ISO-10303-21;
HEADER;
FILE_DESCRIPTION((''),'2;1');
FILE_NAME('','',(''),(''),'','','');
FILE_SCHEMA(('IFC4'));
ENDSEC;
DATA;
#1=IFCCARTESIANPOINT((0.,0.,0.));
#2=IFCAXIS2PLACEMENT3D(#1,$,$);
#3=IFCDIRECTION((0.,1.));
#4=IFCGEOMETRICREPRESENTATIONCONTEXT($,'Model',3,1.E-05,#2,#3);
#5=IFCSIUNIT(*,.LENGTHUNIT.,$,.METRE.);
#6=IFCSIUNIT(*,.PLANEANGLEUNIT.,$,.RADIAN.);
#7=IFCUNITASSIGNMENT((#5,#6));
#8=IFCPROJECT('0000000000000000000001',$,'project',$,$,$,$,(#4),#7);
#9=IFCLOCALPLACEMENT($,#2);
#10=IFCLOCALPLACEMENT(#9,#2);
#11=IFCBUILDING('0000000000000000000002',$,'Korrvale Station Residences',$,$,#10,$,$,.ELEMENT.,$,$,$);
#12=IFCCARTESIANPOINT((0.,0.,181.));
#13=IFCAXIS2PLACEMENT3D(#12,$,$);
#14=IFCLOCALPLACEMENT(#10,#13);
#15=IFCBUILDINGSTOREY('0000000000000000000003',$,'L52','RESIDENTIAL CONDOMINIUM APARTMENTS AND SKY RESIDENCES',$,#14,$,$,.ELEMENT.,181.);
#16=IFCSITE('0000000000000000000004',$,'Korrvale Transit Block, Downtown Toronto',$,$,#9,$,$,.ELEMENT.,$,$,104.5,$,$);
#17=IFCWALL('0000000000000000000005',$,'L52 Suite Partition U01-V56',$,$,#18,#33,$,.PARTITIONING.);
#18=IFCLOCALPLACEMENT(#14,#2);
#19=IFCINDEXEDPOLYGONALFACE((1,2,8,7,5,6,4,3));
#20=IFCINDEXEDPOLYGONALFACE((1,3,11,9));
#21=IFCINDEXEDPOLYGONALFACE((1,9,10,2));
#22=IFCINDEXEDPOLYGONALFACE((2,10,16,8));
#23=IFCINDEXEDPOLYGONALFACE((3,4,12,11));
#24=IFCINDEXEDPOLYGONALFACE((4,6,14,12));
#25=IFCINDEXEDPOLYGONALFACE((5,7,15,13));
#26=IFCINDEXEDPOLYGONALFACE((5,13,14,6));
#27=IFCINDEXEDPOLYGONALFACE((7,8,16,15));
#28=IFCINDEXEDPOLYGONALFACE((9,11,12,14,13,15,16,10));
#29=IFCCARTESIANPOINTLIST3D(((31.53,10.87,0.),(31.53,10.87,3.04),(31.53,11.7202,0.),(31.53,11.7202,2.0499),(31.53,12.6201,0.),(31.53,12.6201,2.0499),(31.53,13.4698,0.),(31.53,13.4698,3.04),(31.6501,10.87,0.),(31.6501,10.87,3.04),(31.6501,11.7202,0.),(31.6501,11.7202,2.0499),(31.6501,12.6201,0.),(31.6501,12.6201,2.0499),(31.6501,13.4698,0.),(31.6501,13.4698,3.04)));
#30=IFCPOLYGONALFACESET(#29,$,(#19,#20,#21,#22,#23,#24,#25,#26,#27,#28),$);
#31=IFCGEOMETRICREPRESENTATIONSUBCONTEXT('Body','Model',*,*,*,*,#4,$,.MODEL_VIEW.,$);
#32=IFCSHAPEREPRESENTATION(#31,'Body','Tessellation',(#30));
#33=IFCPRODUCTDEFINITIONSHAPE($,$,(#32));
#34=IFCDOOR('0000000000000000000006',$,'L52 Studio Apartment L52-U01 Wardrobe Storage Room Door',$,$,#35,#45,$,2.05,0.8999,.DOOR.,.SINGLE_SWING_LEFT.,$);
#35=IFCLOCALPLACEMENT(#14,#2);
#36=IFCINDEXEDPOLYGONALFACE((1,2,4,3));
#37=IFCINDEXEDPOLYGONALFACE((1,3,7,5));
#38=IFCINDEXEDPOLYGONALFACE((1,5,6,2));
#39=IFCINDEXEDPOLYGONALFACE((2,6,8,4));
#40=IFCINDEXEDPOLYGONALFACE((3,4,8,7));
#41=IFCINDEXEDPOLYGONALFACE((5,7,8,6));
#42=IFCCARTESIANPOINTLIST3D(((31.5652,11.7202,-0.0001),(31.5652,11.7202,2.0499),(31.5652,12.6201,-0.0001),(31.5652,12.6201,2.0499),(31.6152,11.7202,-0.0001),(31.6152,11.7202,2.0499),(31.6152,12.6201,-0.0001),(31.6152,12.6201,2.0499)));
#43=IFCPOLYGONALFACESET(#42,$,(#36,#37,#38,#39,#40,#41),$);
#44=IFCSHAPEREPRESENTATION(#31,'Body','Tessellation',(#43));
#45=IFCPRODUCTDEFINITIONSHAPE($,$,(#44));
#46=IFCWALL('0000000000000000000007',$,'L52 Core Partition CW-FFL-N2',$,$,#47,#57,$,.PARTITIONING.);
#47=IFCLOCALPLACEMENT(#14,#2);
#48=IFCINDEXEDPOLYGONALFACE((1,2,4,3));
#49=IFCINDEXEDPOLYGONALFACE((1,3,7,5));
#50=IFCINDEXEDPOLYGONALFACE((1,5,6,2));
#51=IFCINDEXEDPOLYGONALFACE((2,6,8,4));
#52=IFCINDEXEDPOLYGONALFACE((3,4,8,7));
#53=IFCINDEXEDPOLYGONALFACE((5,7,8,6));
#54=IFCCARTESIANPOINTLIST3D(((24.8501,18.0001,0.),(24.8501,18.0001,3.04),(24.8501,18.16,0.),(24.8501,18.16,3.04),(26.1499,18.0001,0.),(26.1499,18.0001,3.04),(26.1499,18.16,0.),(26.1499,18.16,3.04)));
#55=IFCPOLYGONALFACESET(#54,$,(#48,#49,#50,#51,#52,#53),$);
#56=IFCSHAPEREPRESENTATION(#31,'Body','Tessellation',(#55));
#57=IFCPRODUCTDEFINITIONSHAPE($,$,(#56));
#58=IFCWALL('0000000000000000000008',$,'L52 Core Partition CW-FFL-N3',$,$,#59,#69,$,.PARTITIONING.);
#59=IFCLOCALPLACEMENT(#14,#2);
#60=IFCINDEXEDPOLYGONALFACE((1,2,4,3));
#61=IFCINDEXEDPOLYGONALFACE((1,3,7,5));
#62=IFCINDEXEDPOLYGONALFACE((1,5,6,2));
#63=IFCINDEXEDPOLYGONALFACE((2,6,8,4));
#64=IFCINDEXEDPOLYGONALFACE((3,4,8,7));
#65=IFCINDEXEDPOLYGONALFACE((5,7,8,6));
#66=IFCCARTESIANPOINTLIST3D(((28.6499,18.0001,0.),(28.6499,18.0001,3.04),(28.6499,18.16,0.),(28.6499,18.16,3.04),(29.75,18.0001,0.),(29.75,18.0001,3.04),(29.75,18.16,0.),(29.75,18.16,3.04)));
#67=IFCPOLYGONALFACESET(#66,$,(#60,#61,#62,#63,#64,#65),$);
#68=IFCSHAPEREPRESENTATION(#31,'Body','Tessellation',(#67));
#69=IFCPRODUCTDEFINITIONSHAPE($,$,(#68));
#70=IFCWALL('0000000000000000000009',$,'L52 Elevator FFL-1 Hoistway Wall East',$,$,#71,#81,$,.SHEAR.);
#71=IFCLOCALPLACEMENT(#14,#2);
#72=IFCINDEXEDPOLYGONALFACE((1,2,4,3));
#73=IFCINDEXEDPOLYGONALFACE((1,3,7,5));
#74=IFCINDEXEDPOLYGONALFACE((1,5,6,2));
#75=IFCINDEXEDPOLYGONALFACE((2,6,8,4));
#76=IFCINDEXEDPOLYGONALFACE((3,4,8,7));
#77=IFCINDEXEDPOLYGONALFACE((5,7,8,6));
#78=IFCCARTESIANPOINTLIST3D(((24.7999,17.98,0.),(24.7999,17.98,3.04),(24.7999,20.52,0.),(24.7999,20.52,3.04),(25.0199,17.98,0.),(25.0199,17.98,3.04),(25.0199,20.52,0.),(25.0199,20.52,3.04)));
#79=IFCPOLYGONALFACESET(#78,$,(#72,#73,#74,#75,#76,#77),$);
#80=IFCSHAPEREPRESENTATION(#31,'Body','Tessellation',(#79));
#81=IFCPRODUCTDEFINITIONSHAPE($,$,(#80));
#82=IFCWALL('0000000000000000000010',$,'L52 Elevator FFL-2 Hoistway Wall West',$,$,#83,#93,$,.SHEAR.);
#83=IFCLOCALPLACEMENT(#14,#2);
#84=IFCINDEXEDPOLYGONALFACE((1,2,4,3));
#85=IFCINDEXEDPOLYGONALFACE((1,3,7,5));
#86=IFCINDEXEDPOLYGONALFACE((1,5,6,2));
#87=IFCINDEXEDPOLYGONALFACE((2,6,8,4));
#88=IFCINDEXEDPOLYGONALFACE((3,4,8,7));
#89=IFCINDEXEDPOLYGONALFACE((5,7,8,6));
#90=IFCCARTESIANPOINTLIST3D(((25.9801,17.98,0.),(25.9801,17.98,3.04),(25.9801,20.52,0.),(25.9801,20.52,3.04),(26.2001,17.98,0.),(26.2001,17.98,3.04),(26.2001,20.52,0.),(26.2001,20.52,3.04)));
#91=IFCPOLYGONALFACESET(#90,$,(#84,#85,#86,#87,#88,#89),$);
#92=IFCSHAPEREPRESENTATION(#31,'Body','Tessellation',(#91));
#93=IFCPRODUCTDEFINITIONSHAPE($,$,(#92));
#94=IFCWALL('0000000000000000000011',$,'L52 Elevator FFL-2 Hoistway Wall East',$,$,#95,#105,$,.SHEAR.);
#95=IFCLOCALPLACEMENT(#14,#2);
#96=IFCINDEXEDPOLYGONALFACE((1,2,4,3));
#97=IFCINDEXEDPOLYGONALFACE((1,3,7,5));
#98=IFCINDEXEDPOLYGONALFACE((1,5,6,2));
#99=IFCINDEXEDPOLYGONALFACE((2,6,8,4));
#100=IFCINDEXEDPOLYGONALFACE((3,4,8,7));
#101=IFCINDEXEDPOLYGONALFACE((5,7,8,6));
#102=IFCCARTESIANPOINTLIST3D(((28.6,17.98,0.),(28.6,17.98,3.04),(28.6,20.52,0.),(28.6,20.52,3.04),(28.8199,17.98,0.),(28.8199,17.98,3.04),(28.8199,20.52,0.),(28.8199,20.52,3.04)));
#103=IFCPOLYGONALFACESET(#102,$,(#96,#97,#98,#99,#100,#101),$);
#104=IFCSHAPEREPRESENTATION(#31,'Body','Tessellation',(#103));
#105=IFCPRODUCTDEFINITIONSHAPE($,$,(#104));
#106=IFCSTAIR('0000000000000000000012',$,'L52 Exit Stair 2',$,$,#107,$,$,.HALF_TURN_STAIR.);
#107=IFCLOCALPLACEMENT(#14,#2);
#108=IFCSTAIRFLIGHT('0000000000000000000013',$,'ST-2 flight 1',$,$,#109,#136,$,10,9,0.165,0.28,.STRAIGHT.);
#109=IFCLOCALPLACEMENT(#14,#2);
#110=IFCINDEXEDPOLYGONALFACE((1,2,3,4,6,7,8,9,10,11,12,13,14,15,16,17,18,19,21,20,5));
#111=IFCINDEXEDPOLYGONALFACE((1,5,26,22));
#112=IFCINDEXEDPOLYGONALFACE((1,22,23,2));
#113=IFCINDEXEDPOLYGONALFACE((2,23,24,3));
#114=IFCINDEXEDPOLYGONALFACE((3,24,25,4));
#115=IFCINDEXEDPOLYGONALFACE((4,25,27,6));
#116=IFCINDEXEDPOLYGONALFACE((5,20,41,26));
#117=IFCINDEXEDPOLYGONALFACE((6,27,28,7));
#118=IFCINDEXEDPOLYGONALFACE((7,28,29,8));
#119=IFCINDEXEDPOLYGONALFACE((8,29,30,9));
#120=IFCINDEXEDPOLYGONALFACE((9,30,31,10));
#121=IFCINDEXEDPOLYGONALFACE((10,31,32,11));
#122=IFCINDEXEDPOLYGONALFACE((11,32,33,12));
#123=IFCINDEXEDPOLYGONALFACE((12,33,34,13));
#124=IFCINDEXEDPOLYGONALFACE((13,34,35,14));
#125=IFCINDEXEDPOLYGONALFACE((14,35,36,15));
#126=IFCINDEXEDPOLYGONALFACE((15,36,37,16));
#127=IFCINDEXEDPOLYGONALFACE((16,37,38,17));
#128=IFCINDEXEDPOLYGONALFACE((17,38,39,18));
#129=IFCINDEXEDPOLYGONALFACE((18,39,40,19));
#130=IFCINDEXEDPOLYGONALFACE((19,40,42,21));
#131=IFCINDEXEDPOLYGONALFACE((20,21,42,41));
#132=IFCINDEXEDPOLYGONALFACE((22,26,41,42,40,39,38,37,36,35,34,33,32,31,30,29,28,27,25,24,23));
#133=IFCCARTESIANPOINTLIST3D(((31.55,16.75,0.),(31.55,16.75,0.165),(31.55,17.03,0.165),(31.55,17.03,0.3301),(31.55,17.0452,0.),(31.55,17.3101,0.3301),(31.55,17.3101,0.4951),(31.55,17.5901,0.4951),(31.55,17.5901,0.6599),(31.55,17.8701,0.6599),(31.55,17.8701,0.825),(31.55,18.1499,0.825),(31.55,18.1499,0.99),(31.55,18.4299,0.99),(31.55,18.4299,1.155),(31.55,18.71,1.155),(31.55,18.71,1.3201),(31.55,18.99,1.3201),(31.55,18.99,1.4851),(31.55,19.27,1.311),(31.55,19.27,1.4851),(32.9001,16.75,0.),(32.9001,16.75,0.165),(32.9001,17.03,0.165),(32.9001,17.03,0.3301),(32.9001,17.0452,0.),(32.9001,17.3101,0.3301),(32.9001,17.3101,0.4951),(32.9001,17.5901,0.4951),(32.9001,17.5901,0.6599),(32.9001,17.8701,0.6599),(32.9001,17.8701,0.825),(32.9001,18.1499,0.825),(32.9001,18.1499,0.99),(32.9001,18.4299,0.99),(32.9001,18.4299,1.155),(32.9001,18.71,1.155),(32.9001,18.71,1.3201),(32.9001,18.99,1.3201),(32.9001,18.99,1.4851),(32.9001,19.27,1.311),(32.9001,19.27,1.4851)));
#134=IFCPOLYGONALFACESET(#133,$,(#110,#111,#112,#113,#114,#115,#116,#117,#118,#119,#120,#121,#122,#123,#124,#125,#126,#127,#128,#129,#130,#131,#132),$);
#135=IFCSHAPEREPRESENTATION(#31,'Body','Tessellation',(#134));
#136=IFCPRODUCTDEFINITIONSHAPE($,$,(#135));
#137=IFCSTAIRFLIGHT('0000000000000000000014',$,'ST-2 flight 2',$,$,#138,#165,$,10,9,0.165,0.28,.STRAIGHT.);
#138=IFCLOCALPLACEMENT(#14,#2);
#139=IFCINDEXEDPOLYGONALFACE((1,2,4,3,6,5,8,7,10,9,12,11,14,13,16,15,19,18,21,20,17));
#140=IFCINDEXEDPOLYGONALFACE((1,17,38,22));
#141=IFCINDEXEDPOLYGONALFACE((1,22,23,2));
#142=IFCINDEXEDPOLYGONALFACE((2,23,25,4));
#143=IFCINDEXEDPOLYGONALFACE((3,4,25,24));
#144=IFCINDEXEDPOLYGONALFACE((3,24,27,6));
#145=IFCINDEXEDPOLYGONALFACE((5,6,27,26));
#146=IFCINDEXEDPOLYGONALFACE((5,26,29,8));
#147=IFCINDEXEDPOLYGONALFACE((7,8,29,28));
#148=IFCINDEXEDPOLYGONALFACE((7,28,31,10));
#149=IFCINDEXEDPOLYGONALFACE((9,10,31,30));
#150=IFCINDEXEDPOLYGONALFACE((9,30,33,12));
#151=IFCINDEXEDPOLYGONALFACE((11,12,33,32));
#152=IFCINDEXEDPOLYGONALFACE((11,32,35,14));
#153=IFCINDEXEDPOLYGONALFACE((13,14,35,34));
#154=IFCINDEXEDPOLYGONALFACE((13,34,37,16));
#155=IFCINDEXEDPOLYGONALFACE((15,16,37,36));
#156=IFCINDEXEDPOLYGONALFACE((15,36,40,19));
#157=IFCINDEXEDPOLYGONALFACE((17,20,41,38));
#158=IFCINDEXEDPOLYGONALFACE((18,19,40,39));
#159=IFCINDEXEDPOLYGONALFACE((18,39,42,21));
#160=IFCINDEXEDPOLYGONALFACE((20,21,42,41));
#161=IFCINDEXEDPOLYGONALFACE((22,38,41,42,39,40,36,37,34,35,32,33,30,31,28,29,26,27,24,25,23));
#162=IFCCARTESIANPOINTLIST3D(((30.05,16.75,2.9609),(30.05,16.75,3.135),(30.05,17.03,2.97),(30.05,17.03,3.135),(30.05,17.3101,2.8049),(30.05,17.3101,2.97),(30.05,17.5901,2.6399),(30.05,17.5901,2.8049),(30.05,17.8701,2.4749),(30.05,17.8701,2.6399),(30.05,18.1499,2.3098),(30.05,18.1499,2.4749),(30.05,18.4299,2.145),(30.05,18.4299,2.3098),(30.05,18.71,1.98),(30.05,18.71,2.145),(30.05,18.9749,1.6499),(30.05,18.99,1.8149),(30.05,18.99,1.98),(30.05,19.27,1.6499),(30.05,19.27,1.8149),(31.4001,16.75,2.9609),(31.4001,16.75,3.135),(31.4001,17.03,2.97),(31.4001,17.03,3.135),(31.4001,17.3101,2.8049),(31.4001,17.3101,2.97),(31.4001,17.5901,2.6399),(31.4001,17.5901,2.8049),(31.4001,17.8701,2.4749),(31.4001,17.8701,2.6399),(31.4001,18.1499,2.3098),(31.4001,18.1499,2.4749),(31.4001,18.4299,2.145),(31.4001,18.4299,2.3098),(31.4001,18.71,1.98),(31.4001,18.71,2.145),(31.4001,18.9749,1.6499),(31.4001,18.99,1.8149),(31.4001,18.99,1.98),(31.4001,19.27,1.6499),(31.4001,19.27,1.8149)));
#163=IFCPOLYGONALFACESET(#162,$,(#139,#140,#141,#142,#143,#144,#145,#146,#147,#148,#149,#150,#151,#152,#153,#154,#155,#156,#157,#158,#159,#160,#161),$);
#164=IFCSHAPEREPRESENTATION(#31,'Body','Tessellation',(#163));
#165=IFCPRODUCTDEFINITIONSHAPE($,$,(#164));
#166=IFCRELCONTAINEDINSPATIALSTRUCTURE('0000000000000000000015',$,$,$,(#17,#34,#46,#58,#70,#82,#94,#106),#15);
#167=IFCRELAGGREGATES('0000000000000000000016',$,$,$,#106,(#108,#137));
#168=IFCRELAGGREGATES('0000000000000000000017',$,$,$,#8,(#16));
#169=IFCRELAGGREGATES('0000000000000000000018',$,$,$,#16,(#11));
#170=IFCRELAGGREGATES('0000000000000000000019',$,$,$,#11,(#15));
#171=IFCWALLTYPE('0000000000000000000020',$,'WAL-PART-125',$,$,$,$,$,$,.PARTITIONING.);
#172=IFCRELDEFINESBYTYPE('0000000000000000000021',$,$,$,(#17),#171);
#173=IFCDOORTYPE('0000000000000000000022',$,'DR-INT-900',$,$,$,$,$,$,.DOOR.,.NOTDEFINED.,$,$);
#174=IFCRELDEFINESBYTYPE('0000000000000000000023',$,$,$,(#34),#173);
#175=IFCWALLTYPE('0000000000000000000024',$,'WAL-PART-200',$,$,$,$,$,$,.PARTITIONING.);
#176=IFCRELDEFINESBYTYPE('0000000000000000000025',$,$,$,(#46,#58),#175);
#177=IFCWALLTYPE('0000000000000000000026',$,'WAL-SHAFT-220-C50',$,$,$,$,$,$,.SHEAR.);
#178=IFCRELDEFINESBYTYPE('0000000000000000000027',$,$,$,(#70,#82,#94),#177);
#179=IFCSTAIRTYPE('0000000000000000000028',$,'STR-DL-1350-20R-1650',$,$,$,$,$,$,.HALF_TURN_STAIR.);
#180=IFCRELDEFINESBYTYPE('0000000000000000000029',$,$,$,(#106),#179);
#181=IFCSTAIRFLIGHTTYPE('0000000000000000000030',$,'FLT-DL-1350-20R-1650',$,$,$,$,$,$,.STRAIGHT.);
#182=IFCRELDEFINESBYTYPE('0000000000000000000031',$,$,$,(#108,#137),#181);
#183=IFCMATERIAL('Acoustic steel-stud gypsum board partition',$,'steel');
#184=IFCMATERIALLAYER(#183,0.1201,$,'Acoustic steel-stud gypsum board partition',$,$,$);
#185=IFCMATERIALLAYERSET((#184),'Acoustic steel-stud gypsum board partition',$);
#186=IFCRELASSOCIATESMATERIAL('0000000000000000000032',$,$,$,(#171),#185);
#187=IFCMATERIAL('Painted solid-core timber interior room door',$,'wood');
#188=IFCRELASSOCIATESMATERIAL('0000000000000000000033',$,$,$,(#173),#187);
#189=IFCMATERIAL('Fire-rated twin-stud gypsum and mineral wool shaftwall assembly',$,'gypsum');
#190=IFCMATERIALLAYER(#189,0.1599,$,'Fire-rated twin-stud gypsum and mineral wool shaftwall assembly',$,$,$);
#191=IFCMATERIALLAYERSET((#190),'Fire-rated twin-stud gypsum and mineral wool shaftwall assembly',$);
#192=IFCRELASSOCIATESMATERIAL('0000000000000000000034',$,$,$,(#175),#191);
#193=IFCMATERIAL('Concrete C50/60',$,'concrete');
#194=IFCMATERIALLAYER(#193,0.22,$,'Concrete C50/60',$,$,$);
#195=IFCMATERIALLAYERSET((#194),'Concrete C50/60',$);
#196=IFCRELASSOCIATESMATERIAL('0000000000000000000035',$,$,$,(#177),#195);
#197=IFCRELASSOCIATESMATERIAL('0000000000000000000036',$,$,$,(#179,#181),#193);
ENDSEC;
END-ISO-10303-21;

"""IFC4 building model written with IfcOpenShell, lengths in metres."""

from ifc_helpers import new_model, si_unit, direction, frame, frame_2d, origin, place, context, subcontext, project, spatial, polyline, rectangle, outline, extrude, material, layer, layer_set, type_object, element, fill, aggregate, save


model = new_model("IFC4")

# Units and contexts
model_context = context("Model", 3, precision=1e-05, world=origin(), true_north=direction((0.0, 1.0)))
body_context = subcontext(model_context, "Body", "Model", "MODEL_VIEW")
ifc_project = project(units=[si_unit("LENGTHUNIT", "METRE"), si_unit("PLANEANGLEUNIT", "RADIAN")], contexts=[model_context])

# Site, building, storey
site_placement = place(None, origin())
site = spatial("IfcSite", under=ifc_project, at=site_placement, Name="Korrvale Transit Block, Downtown Toronto", CompositionType="ELEMENT", RefElevation=104.5)
building_placement = place(site_placement, origin())
building = spatial("IfcBuilding", under=site, at=building_placement, Name="Korrvale Station Residences", CompositionType="ELEMENT")
storey_placement = place(building_placement, frame((0.0, 0.0, 181.0)))
storey = spatial("IfcBuildingStorey", under=building, at=storey_placement, Name="L52", Description="RESIDENTIAL CONDOMINIUM APARTMENTS AND SKY RESIDENCES", CompositionType="ELEMENT", Elevation=181.0)

# Shared definitions
ifc_material_1 = material(Name="Concrete C50/60", Category="concrete")

# Wall, opening, door
ifc_material_2 = material(Name="Acoustic steel-stud gypsum board partition", Category="steel")
ifc_layer_1 = layer(ifc_material_2, 0.1201, Name="Acoustic steel-stud gypsum board partition")
ifc_layer_set_1 = layer_set([ifc_layer_1], Name="Acoustic steel-stud gypsum board partition")
wall_type_1 = type_object("IfcWallType", Name="WAL-PART-125", PredefinedType="PARTITIONING", material=ifc_layer_set_1)
ifc_material_3 = material(Name="Painted solid-core timber interior room door", Category="wood")
door_type_1 = type_object("IfcDoorType", Name="DR-INT-900", OperationType="NOTDEFINED", PredefinedType="DOOR", material=ifc_material_3)
wall_1_placement = place(storey_placement, frame((31.5901, 10.8701, 0.0), z_axis=(0.0, 0.0, 1.0), x_axis=(0.0, 1.0, 0.0)))
wall_1 = element("IfcWall", 1, at=wall_1_placement, inside=storey, type_object=wall_type_1, Name="L52 Suite Partition U01-V56", PredefinedType="PARTITIONING", context=body_context, shape_type="SweptSolid", body=[
    extrude(rectangle(XDim=2.5999, YDim=0.1201, at=frame_2d((1.2998, 0.0))), origin(), (0.0, 0.0, 1.0), 3.04),
])
opening_1_placement = place(wall_1_placement, frame((0.8501, 0.0, 0.0)))
opening_1 = element("IfcOpeningElement", 2, at=opening_1_placement, cuts=wall_1, PredefinedType="OPENING", context=body_context, shape_type="SweptSolid", body=[
    extrude(rectangle(XDim=0.8999, YDim=2.05, at=frame_2d((0.45, 1.0249))), frame((0.0, 0.0701, 0.0), z_axis=(0.0, -1.0, 0.0), x_axis=(1.0, 0.0, 0.0)), (0.0, 0.0, 1.0), 0.1401),
])
door_1_placement = place(opening_1_placement, origin())
door_1 = element("IfcDoor", 3, at=door_1_placement, inside=storey, type_object=door_type_1, Name="L52 Studio Apartment L52-U01 Wardrobe Storage Room Door", OperationType="SINGLE_SWING_LEFT", OverallHeight=2.05, OverallWidth=0.8999, PredefinedType="DOOR", context=body_context, shape_type="SweptSolid", body=[
    extrude(rectangle(XDim=0.8999, YDim=2.05, at=frame_2d((0.45, 1.0249))), frame((0.0, 0.0249, 0.0), z_axis=(0.0, -1.0, 0.0), x_axis=(1.0, 0.0, 0.0)), (0.0, 0.0, 1.0), 0.05),
])
fill(opening_1, door_1)

# Walls
ifc_material_4 = material(Name="Fire-rated twin-stud gypsum and mineral wool shaftwall assembly", Category="gypsum")
ifc_layer_2 = layer(ifc_material_4, 0.1599, Name="Fire-rated twin-stud gypsum and mineral wool shaftwall assembly")
ifc_layer_set_2 = layer_set([ifc_layer_2], Name="Fire-rated twin-stud gypsum and mineral wool shaftwall assembly")
wall_type_2 = type_object("IfcWallType", Name="WAL-PART-200", PredefinedType="PARTITIONING", material=ifc_layer_set_2)
wall_2_placement = place(storey_placement, frame((24.8501, 18.0801, 0.0), z_axis=(0.0, 0.0, 1.0), x_axis=(1.0, 0.0, 0.0)))
element("IfcWall", 4, at=wall_2_placement, inside=storey, type_object=wall_type_2, Name="L52 Core Partition CW-FFL-N2", PredefinedType="PARTITIONING", context=body_context, shape_type="SweptSolid", body=[
    extrude(rectangle(XDim=1.2998, YDim=0.1599, at=frame_2d((0.6499, 0.0))), origin(), (0.0, 0.0, 1.0), 3.04),
])
wall_3_placement = place(storey_placement, frame((28.6499, 18.0801, 0.0), z_axis=(0.0, 0.0, 1.0), x_axis=(1.0, 0.0, 0.0)))
element("IfcWall", 5, at=wall_3_placement, inside=storey, type_object=wall_type_2, Name="L52 Core Partition CW-FFL-N3", PredefinedType="PARTITIONING", context=body_context, shape_type="SweptSolid", body=[
    extrude(rectangle(XDim=1.1001, YDim=0.1599, at=frame_2d((0.55, 0.0))), origin(), (0.0, 0.0, 1.0), 3.04),
])
ifc_layer_3 = layer(ifc_material_1, 0.22, Name="Concrete C50/60")
ifc_layer_set_3 = layer_set([ifc_layer_3], Name="Concrete C50/60")
wall_type_3 = type_object("IfcWallType", Name="WAL-SHAFT-220-C50", PredefinedType="SHEAR", material=ifc_layer_set_3)
wall_4_placement = place(storey_placement, frame((24.9099, 17.98, 0.0), z_axis=(0.0, 0.0, 1.0), x_axis=(0.0, 1.0, 0.0)))
element("IfcWall", 6, at=wall_4_placement, inside=storey, type_object=wall_type_3, Name="L52 Elevator FFL-1 Hoistway Wall East", PredefinedType="SHEAR", context=body_context, shape_type="SweptSolid", body=[
    extrude(rectangle(XDim=2.54, YDim=0.22, at=frame_2d((1.27, 0.0))), origin(), (0.0, 0.0, 1.0), 3.04),
])

# Walls
for number, where, z_axis, x_axis, name in (
    (7, (26.0901, 17.98, 0.0), (0.0, 0.0, 1.0), (0.0, 1.0, 0.0), "L52 Elevator FFL-2 Hoistway Wall West"),
    (8, (28.71, 17.98, 0.0), (0.0, 0.0, 1.0), (0.0, 1.0, 0.0), "L52 Elevator FFL-2 Hoistway Wall East"),
):
    element("IfcWall", number, at=place(storey_placement, frame(where, z_axis=z_axis, x_axis=x_axis)), inside=storey, type_object=wall_type_3, Name=name, PredefinedType="SHEAR", context=body_context, shape_type="SweptSolid", body=[
        extrude(rectangle(XDim=2.54, YDim=0.22, at=frame_2d((1.27, 0.0))), origin(), (0.0, 0.0, 1.0), 3.04),
    ])

# Stair, stair flights
stair_type = type_object("IfcStairType", Name="STR-DL-1350-20R-1650", PredefinedType="HALF_TURN_STAIR", material=ifc_material_1)
stair_placement = place(storey_placement, origin())
stair = element("IfcStair", 9, at=stair_placement, inside=storey, type_object=stair_type, Name="L52 Exit Stair 2", PredefinedType="HALF_TURN_STAIR")
stair_flight_type = type_object("IfcStairFlightType", Name="FLT-DL-1350-20R-1650", PredefinedType="STRAIGHT", material=ifc_material_1)
stair_flight_1_placement = place(storey_placement, frame((32.2251, 16.75, 0.0), z_axis=(0.0, 0.0, 1.0), x_axis=(0.0, 1.0, 0.0)))
stair_flight_1 = element("IfcStairFlight", 10, at=stair_flight_1_placement, type_object=stair_flight_type, Name="ST-2 flight 1", NumberOfRisers=10, NumberOfTreads=9, PredefinedType="STRAIGHT", RiserHeight=0.165, TreadLength=0.28, context=body_context, shape_type="SweptSolid", body=[
    extrude(outline(polyline([(0.0, 0.0), (0.0, 0.165), (0.28, 0.165), (0.28, 0.3301), (0.5601, 0.3301), (0.5601, 0.4951), (0.8401, 0.4951), (0.8401, 0.6599), (1.1201, 0.6599), (1.1201, 0.825), (1.3999, 0.825), (1.3999, 0.99), (1.6799, 0.99), (1.6799, 1.155), (1.96, 1.155), (1.96, 1.3201), (2.24, 1.3201), (2.24, 1.4851), (2.52, 1.4851), (2.52, 1.6499), (2.52, 1.311), (0.2952, 0.0), (0.0, 0.0)])), frame((0.0, 0.675, 0.0), z_axis=(0.0, -1.0, 0.0), x_axis=(1.0, 0.0, 0.0)), (0.0, 0.0, 1.0), 1.3501),
])
stair_flight_2_placement = place(storey_placement, frame((30.7251, 19.27, 1.6499), z_axis=(0.0, 0.0, 1.0), x_axis=(0.0, -1.0, 0.0)))
stair_flight_2 = element("IfcStairFlight", 11, at=stair_flight_2_placement, type_object=stair_flight_type, Name="ST-2 flight 2", NumberOfRisers=10, NumberOfTreads=9, PredefinedType="STRAIGHT", RiserHeight=0.165, TreadLength=0.28, context=body_context, shape_type="SweptSolid", body=[
    extrude(outline(polyline([(0.0, 0.0), (0.0, 0.165), (0.28, 0.165), (0.28, 0.3301), (0.5601, 0.3301), (0.5601, 0.4951), (0.8401, 0.4951), (0.8401, 0.6599), (1.1201, 0.6599), (1.1201, 0.825), (1.3999, 0.825), (1.3999, 0.99), (1.6799, 0.99), (1.6799, 1.155), (1.96, 1.155), (1.96, 1.3201), (2.24, 1.3201), (2.24, 1.4851), (2.52, 1.4851), (2.52, 1.6499), (2.52, 1.311), (0.2952, 0.0), (0.0, 0.0)])), frame((0.0, 0.675, 0.0), z_axis=(0.0, -1.0, 0.0), x_axis=(1.0, 0.0, 0.0)), (0.0, 0.0, 1.0), 1.3501),
])
aggregate(stair, [stair_flight_1, stair_flight_2])

save(model, "model.ifc")
